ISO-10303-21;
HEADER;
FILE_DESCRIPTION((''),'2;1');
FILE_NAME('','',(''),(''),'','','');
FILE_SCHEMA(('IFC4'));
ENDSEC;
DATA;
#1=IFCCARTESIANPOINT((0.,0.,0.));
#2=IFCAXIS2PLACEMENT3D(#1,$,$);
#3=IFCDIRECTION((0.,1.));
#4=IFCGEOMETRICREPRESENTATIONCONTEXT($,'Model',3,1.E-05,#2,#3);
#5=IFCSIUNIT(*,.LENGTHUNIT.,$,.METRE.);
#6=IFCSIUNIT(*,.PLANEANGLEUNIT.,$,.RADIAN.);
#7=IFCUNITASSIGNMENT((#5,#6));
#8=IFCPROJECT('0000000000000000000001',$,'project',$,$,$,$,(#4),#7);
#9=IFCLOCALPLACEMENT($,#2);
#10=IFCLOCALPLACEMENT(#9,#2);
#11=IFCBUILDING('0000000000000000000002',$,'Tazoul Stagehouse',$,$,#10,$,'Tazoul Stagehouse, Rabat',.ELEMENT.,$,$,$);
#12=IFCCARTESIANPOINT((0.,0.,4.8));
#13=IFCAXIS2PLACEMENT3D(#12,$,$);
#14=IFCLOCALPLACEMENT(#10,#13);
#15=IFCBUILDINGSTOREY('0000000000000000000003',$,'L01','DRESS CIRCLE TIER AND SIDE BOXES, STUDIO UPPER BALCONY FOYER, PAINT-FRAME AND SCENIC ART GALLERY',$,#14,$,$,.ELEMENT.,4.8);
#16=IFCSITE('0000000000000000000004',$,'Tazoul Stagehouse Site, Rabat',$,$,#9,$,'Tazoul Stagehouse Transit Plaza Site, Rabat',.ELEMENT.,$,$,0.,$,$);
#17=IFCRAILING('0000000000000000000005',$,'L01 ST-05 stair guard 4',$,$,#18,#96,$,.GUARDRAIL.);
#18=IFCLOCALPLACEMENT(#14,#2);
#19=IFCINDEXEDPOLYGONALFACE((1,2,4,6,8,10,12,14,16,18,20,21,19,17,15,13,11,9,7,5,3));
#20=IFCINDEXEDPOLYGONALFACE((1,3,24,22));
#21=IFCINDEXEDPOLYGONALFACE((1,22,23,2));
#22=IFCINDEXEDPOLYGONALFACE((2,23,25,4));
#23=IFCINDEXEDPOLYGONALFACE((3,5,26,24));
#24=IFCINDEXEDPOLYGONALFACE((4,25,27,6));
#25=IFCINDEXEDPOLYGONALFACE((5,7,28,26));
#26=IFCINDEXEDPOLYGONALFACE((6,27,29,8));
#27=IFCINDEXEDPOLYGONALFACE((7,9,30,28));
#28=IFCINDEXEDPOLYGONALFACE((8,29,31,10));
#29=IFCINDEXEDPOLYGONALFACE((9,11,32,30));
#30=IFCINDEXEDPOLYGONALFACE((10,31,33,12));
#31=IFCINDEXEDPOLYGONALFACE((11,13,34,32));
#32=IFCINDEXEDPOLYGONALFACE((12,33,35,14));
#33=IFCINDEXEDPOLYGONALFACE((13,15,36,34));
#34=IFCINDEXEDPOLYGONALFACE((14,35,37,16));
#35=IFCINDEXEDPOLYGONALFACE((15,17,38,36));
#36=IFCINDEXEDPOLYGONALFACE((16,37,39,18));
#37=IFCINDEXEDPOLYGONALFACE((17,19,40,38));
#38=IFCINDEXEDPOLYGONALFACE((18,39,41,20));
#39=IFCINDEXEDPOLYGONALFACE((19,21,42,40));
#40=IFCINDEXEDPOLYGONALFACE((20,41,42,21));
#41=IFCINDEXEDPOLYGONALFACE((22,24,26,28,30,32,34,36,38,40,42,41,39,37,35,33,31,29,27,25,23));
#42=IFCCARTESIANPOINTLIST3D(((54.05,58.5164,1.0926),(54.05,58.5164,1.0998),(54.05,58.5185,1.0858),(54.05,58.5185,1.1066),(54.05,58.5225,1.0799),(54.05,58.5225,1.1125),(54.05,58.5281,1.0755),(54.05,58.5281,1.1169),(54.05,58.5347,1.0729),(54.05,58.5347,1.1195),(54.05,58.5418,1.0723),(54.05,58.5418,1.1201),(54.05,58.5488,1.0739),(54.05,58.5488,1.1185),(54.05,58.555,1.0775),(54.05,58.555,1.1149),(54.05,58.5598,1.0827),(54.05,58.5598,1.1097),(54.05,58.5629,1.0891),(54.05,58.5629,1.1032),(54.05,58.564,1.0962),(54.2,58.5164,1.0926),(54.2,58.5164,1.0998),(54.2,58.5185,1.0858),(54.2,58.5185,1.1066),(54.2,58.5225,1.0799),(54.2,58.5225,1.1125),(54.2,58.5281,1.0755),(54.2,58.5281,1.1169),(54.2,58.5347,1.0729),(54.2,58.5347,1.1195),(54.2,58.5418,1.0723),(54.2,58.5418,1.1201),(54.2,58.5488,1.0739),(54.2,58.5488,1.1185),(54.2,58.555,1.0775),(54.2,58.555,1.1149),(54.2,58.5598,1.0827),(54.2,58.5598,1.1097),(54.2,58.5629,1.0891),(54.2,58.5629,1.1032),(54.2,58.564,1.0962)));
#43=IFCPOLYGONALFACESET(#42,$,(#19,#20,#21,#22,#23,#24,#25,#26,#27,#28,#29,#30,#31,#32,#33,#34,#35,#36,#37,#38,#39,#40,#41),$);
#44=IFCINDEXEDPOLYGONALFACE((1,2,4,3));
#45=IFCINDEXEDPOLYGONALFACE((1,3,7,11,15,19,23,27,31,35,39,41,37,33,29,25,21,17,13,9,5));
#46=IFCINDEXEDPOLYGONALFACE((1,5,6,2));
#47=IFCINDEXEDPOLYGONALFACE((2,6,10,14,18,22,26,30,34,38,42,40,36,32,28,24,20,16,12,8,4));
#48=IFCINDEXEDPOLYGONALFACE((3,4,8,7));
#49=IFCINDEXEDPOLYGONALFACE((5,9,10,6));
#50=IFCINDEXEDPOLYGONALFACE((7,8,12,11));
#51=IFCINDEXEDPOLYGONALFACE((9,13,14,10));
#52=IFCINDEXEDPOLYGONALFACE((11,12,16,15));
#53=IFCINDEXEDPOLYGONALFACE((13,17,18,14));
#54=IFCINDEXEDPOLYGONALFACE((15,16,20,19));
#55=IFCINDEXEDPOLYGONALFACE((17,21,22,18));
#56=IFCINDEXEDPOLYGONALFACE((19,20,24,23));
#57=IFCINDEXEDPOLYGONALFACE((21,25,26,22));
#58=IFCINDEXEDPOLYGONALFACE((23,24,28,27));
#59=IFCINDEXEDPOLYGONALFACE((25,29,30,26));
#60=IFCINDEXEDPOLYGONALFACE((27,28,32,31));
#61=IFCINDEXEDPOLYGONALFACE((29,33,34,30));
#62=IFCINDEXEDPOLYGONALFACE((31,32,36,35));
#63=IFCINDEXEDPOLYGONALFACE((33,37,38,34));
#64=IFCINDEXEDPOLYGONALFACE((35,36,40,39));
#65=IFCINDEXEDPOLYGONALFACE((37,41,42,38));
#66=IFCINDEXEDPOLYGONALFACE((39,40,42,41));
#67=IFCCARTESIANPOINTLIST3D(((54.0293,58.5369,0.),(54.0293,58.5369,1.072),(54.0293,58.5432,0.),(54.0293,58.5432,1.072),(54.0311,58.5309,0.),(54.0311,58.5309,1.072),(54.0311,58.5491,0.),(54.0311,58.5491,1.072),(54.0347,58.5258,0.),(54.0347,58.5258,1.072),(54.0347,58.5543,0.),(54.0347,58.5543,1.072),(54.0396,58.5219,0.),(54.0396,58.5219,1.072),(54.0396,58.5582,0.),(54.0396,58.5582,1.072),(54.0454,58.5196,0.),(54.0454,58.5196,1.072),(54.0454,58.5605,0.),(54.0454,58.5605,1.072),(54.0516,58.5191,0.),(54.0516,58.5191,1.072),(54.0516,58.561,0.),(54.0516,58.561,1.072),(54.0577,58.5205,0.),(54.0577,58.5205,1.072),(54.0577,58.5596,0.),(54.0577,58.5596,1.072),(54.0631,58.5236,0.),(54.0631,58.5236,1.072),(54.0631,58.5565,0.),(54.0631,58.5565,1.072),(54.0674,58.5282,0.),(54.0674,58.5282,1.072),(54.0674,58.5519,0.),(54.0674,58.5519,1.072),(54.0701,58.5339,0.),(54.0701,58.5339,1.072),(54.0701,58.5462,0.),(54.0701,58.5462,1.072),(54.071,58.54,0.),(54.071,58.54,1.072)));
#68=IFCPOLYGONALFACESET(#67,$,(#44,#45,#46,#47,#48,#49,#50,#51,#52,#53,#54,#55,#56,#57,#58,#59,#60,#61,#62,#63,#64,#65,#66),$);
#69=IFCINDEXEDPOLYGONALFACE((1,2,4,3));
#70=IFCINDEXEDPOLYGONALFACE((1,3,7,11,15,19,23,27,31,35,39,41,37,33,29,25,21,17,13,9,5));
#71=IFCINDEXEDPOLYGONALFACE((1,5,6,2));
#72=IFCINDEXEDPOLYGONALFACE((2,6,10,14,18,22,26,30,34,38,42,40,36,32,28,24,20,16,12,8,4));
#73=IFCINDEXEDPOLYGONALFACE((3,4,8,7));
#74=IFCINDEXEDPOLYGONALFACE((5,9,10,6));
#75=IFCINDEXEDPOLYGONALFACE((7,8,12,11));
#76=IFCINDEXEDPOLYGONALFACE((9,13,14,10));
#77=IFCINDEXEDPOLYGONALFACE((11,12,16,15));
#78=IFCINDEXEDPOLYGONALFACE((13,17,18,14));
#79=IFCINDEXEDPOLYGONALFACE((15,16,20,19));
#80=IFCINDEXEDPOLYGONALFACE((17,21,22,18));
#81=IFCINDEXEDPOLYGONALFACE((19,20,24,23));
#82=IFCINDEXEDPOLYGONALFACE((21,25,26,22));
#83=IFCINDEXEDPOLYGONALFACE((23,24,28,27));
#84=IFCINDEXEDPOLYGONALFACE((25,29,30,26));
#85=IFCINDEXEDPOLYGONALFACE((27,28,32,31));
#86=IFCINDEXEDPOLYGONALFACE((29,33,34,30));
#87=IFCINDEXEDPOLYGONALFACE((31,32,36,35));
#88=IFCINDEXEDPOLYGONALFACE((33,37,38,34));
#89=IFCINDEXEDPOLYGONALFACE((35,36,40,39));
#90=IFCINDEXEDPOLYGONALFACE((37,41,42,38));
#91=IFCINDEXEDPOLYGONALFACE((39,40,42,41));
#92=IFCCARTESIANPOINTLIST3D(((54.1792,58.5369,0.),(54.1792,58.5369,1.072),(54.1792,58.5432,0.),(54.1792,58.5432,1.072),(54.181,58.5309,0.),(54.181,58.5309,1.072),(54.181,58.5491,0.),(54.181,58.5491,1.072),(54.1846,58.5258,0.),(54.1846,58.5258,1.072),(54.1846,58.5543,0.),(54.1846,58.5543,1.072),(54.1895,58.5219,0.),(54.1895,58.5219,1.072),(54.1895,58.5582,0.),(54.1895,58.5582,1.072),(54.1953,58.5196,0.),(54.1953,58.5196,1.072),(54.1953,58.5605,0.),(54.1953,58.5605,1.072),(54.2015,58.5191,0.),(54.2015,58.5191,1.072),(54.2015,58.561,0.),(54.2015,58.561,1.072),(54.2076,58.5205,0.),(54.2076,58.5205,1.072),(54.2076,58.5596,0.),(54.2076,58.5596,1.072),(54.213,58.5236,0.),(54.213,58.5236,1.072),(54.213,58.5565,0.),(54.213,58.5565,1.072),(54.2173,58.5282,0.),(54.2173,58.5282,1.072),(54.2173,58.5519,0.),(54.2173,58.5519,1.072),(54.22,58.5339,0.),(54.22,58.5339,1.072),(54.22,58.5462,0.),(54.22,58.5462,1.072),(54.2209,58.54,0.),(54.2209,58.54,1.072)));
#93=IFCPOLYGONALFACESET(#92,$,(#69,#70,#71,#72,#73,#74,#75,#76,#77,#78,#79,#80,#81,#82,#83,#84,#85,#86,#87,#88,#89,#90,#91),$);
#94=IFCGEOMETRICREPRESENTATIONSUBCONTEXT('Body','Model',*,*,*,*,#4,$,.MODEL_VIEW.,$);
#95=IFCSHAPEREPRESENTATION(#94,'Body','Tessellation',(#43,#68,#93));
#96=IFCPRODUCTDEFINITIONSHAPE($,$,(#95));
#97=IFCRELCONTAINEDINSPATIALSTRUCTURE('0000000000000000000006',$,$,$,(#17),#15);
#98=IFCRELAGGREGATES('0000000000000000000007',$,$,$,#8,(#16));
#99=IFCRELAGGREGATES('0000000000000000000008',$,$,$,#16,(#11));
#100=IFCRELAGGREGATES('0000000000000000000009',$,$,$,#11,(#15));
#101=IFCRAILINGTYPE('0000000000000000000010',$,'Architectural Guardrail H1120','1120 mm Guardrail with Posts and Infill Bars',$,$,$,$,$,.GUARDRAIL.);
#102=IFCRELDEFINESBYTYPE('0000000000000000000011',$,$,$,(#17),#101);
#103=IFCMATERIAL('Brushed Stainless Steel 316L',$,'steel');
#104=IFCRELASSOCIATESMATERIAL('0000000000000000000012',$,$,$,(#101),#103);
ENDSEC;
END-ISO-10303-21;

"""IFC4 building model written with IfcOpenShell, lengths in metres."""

from ifc_helpers import new_model, si_unit, direction, frame, origin, origin_2d, place, context, subcontext, project, spatial, circle, extrude, material, material_profile, profile_set, type_object, element, save


model = new_model("IFC4")

# Units and contexts
model_context = context("Model", 3, precision=1e-05, world=origin(), true_north=direction((0.0, 1.0)))
body_context = subcontext(model_context, "Body", "Model", "MODEL_VIEW")
ifc_project = project(units=[si_unit("LENGTHUNIT", "METRE"), si_unit("PLANEANGLEUNIT", "RADIAN")], contexts=[model_context])

# Site, building, storey
site_placement = place(None, origin())
site = spatial("IfcSite", under=ifc_project, at=site_placement, Name="Tazoul Stagehouse Site, Rabat", LongName="Tazoul Stagehouse Transit Plaza Site, Rabat", CompositionType="ELEMENT", RefElevation=0.0)
building_placement = place(site_placement, origin())
building = spatial("IfcBuilding", under=site, at=building_placement, Name="Tazoul Stagehouse", LongName="Tazoul Stagehouse, Rabat", CompositionType="ELEMENT")
storey_placement = place(building_placement, frame((0.0, 0.0, 4.8)))
storey = spatial("IfcBuildingStorey", under=building, at=storey_placement, Name="L01", Description="DRESS CIRCLE TIER AND SIDE BOXES, STUDIO UPPER BALCONY FOYER, PAINT-FRAME AND SCENIC ART GALLERY", CompositionType="ELEMENT", Elevation=4.8)

# Railing
ifc_material_1 = material(Name="Brushed Stainless Steel 316L", Category="steel")
ifc_material_profile_1 = material_profile(ifc_material_1, circle(Radius=0.0239, at=origin_2d()), Name="SS RAIL D48")
ifc_profile_set_1 = profile_set([ifc_material_profile_1], Name="Brushed Stainless Steel 316L")
railing_type_1 = type_object("IfcRailingType", Name="Architectural Guardrail H1120", Description="1120 mm Guardrail with Posts and Infill Bars", PredefinedType="GUARDRAIL", material=ifc_profile_set_1)
railing_1_placement = place(storey_placement, frame((54.05, 58.54, 0.0)))
element("IfcRailing", 1, at=railing_1_placement, inside=storey, type_object=railing_type_1, Name="L01 ST-05 stair guard 4", PredefinedType="GUARDRAIL", context=body_context, shape_type="SweptSolid", body=[
    extrude(circle(Radius=0.0239, at=origin_2d()), frame((0.0, 0.0, 1.0962), z_axis=(1.0, 0.0, 0.0), x_axis=(0.0, 1.0, 0.0)), (0.0, 0.0, 1.0), 0.1499),
    extrude(circle(Radius=0.021, at=origin_2d()), origin(), (0.0, 0.0, 1.0), 1.072),
    extrude(circle(Radius=0.021, at=origin_2d()), frame((0.1499, 0.0, 0.0)), (0.0, 0.0, 1.0), 1.072),
])

save(model, "model.ifc")
